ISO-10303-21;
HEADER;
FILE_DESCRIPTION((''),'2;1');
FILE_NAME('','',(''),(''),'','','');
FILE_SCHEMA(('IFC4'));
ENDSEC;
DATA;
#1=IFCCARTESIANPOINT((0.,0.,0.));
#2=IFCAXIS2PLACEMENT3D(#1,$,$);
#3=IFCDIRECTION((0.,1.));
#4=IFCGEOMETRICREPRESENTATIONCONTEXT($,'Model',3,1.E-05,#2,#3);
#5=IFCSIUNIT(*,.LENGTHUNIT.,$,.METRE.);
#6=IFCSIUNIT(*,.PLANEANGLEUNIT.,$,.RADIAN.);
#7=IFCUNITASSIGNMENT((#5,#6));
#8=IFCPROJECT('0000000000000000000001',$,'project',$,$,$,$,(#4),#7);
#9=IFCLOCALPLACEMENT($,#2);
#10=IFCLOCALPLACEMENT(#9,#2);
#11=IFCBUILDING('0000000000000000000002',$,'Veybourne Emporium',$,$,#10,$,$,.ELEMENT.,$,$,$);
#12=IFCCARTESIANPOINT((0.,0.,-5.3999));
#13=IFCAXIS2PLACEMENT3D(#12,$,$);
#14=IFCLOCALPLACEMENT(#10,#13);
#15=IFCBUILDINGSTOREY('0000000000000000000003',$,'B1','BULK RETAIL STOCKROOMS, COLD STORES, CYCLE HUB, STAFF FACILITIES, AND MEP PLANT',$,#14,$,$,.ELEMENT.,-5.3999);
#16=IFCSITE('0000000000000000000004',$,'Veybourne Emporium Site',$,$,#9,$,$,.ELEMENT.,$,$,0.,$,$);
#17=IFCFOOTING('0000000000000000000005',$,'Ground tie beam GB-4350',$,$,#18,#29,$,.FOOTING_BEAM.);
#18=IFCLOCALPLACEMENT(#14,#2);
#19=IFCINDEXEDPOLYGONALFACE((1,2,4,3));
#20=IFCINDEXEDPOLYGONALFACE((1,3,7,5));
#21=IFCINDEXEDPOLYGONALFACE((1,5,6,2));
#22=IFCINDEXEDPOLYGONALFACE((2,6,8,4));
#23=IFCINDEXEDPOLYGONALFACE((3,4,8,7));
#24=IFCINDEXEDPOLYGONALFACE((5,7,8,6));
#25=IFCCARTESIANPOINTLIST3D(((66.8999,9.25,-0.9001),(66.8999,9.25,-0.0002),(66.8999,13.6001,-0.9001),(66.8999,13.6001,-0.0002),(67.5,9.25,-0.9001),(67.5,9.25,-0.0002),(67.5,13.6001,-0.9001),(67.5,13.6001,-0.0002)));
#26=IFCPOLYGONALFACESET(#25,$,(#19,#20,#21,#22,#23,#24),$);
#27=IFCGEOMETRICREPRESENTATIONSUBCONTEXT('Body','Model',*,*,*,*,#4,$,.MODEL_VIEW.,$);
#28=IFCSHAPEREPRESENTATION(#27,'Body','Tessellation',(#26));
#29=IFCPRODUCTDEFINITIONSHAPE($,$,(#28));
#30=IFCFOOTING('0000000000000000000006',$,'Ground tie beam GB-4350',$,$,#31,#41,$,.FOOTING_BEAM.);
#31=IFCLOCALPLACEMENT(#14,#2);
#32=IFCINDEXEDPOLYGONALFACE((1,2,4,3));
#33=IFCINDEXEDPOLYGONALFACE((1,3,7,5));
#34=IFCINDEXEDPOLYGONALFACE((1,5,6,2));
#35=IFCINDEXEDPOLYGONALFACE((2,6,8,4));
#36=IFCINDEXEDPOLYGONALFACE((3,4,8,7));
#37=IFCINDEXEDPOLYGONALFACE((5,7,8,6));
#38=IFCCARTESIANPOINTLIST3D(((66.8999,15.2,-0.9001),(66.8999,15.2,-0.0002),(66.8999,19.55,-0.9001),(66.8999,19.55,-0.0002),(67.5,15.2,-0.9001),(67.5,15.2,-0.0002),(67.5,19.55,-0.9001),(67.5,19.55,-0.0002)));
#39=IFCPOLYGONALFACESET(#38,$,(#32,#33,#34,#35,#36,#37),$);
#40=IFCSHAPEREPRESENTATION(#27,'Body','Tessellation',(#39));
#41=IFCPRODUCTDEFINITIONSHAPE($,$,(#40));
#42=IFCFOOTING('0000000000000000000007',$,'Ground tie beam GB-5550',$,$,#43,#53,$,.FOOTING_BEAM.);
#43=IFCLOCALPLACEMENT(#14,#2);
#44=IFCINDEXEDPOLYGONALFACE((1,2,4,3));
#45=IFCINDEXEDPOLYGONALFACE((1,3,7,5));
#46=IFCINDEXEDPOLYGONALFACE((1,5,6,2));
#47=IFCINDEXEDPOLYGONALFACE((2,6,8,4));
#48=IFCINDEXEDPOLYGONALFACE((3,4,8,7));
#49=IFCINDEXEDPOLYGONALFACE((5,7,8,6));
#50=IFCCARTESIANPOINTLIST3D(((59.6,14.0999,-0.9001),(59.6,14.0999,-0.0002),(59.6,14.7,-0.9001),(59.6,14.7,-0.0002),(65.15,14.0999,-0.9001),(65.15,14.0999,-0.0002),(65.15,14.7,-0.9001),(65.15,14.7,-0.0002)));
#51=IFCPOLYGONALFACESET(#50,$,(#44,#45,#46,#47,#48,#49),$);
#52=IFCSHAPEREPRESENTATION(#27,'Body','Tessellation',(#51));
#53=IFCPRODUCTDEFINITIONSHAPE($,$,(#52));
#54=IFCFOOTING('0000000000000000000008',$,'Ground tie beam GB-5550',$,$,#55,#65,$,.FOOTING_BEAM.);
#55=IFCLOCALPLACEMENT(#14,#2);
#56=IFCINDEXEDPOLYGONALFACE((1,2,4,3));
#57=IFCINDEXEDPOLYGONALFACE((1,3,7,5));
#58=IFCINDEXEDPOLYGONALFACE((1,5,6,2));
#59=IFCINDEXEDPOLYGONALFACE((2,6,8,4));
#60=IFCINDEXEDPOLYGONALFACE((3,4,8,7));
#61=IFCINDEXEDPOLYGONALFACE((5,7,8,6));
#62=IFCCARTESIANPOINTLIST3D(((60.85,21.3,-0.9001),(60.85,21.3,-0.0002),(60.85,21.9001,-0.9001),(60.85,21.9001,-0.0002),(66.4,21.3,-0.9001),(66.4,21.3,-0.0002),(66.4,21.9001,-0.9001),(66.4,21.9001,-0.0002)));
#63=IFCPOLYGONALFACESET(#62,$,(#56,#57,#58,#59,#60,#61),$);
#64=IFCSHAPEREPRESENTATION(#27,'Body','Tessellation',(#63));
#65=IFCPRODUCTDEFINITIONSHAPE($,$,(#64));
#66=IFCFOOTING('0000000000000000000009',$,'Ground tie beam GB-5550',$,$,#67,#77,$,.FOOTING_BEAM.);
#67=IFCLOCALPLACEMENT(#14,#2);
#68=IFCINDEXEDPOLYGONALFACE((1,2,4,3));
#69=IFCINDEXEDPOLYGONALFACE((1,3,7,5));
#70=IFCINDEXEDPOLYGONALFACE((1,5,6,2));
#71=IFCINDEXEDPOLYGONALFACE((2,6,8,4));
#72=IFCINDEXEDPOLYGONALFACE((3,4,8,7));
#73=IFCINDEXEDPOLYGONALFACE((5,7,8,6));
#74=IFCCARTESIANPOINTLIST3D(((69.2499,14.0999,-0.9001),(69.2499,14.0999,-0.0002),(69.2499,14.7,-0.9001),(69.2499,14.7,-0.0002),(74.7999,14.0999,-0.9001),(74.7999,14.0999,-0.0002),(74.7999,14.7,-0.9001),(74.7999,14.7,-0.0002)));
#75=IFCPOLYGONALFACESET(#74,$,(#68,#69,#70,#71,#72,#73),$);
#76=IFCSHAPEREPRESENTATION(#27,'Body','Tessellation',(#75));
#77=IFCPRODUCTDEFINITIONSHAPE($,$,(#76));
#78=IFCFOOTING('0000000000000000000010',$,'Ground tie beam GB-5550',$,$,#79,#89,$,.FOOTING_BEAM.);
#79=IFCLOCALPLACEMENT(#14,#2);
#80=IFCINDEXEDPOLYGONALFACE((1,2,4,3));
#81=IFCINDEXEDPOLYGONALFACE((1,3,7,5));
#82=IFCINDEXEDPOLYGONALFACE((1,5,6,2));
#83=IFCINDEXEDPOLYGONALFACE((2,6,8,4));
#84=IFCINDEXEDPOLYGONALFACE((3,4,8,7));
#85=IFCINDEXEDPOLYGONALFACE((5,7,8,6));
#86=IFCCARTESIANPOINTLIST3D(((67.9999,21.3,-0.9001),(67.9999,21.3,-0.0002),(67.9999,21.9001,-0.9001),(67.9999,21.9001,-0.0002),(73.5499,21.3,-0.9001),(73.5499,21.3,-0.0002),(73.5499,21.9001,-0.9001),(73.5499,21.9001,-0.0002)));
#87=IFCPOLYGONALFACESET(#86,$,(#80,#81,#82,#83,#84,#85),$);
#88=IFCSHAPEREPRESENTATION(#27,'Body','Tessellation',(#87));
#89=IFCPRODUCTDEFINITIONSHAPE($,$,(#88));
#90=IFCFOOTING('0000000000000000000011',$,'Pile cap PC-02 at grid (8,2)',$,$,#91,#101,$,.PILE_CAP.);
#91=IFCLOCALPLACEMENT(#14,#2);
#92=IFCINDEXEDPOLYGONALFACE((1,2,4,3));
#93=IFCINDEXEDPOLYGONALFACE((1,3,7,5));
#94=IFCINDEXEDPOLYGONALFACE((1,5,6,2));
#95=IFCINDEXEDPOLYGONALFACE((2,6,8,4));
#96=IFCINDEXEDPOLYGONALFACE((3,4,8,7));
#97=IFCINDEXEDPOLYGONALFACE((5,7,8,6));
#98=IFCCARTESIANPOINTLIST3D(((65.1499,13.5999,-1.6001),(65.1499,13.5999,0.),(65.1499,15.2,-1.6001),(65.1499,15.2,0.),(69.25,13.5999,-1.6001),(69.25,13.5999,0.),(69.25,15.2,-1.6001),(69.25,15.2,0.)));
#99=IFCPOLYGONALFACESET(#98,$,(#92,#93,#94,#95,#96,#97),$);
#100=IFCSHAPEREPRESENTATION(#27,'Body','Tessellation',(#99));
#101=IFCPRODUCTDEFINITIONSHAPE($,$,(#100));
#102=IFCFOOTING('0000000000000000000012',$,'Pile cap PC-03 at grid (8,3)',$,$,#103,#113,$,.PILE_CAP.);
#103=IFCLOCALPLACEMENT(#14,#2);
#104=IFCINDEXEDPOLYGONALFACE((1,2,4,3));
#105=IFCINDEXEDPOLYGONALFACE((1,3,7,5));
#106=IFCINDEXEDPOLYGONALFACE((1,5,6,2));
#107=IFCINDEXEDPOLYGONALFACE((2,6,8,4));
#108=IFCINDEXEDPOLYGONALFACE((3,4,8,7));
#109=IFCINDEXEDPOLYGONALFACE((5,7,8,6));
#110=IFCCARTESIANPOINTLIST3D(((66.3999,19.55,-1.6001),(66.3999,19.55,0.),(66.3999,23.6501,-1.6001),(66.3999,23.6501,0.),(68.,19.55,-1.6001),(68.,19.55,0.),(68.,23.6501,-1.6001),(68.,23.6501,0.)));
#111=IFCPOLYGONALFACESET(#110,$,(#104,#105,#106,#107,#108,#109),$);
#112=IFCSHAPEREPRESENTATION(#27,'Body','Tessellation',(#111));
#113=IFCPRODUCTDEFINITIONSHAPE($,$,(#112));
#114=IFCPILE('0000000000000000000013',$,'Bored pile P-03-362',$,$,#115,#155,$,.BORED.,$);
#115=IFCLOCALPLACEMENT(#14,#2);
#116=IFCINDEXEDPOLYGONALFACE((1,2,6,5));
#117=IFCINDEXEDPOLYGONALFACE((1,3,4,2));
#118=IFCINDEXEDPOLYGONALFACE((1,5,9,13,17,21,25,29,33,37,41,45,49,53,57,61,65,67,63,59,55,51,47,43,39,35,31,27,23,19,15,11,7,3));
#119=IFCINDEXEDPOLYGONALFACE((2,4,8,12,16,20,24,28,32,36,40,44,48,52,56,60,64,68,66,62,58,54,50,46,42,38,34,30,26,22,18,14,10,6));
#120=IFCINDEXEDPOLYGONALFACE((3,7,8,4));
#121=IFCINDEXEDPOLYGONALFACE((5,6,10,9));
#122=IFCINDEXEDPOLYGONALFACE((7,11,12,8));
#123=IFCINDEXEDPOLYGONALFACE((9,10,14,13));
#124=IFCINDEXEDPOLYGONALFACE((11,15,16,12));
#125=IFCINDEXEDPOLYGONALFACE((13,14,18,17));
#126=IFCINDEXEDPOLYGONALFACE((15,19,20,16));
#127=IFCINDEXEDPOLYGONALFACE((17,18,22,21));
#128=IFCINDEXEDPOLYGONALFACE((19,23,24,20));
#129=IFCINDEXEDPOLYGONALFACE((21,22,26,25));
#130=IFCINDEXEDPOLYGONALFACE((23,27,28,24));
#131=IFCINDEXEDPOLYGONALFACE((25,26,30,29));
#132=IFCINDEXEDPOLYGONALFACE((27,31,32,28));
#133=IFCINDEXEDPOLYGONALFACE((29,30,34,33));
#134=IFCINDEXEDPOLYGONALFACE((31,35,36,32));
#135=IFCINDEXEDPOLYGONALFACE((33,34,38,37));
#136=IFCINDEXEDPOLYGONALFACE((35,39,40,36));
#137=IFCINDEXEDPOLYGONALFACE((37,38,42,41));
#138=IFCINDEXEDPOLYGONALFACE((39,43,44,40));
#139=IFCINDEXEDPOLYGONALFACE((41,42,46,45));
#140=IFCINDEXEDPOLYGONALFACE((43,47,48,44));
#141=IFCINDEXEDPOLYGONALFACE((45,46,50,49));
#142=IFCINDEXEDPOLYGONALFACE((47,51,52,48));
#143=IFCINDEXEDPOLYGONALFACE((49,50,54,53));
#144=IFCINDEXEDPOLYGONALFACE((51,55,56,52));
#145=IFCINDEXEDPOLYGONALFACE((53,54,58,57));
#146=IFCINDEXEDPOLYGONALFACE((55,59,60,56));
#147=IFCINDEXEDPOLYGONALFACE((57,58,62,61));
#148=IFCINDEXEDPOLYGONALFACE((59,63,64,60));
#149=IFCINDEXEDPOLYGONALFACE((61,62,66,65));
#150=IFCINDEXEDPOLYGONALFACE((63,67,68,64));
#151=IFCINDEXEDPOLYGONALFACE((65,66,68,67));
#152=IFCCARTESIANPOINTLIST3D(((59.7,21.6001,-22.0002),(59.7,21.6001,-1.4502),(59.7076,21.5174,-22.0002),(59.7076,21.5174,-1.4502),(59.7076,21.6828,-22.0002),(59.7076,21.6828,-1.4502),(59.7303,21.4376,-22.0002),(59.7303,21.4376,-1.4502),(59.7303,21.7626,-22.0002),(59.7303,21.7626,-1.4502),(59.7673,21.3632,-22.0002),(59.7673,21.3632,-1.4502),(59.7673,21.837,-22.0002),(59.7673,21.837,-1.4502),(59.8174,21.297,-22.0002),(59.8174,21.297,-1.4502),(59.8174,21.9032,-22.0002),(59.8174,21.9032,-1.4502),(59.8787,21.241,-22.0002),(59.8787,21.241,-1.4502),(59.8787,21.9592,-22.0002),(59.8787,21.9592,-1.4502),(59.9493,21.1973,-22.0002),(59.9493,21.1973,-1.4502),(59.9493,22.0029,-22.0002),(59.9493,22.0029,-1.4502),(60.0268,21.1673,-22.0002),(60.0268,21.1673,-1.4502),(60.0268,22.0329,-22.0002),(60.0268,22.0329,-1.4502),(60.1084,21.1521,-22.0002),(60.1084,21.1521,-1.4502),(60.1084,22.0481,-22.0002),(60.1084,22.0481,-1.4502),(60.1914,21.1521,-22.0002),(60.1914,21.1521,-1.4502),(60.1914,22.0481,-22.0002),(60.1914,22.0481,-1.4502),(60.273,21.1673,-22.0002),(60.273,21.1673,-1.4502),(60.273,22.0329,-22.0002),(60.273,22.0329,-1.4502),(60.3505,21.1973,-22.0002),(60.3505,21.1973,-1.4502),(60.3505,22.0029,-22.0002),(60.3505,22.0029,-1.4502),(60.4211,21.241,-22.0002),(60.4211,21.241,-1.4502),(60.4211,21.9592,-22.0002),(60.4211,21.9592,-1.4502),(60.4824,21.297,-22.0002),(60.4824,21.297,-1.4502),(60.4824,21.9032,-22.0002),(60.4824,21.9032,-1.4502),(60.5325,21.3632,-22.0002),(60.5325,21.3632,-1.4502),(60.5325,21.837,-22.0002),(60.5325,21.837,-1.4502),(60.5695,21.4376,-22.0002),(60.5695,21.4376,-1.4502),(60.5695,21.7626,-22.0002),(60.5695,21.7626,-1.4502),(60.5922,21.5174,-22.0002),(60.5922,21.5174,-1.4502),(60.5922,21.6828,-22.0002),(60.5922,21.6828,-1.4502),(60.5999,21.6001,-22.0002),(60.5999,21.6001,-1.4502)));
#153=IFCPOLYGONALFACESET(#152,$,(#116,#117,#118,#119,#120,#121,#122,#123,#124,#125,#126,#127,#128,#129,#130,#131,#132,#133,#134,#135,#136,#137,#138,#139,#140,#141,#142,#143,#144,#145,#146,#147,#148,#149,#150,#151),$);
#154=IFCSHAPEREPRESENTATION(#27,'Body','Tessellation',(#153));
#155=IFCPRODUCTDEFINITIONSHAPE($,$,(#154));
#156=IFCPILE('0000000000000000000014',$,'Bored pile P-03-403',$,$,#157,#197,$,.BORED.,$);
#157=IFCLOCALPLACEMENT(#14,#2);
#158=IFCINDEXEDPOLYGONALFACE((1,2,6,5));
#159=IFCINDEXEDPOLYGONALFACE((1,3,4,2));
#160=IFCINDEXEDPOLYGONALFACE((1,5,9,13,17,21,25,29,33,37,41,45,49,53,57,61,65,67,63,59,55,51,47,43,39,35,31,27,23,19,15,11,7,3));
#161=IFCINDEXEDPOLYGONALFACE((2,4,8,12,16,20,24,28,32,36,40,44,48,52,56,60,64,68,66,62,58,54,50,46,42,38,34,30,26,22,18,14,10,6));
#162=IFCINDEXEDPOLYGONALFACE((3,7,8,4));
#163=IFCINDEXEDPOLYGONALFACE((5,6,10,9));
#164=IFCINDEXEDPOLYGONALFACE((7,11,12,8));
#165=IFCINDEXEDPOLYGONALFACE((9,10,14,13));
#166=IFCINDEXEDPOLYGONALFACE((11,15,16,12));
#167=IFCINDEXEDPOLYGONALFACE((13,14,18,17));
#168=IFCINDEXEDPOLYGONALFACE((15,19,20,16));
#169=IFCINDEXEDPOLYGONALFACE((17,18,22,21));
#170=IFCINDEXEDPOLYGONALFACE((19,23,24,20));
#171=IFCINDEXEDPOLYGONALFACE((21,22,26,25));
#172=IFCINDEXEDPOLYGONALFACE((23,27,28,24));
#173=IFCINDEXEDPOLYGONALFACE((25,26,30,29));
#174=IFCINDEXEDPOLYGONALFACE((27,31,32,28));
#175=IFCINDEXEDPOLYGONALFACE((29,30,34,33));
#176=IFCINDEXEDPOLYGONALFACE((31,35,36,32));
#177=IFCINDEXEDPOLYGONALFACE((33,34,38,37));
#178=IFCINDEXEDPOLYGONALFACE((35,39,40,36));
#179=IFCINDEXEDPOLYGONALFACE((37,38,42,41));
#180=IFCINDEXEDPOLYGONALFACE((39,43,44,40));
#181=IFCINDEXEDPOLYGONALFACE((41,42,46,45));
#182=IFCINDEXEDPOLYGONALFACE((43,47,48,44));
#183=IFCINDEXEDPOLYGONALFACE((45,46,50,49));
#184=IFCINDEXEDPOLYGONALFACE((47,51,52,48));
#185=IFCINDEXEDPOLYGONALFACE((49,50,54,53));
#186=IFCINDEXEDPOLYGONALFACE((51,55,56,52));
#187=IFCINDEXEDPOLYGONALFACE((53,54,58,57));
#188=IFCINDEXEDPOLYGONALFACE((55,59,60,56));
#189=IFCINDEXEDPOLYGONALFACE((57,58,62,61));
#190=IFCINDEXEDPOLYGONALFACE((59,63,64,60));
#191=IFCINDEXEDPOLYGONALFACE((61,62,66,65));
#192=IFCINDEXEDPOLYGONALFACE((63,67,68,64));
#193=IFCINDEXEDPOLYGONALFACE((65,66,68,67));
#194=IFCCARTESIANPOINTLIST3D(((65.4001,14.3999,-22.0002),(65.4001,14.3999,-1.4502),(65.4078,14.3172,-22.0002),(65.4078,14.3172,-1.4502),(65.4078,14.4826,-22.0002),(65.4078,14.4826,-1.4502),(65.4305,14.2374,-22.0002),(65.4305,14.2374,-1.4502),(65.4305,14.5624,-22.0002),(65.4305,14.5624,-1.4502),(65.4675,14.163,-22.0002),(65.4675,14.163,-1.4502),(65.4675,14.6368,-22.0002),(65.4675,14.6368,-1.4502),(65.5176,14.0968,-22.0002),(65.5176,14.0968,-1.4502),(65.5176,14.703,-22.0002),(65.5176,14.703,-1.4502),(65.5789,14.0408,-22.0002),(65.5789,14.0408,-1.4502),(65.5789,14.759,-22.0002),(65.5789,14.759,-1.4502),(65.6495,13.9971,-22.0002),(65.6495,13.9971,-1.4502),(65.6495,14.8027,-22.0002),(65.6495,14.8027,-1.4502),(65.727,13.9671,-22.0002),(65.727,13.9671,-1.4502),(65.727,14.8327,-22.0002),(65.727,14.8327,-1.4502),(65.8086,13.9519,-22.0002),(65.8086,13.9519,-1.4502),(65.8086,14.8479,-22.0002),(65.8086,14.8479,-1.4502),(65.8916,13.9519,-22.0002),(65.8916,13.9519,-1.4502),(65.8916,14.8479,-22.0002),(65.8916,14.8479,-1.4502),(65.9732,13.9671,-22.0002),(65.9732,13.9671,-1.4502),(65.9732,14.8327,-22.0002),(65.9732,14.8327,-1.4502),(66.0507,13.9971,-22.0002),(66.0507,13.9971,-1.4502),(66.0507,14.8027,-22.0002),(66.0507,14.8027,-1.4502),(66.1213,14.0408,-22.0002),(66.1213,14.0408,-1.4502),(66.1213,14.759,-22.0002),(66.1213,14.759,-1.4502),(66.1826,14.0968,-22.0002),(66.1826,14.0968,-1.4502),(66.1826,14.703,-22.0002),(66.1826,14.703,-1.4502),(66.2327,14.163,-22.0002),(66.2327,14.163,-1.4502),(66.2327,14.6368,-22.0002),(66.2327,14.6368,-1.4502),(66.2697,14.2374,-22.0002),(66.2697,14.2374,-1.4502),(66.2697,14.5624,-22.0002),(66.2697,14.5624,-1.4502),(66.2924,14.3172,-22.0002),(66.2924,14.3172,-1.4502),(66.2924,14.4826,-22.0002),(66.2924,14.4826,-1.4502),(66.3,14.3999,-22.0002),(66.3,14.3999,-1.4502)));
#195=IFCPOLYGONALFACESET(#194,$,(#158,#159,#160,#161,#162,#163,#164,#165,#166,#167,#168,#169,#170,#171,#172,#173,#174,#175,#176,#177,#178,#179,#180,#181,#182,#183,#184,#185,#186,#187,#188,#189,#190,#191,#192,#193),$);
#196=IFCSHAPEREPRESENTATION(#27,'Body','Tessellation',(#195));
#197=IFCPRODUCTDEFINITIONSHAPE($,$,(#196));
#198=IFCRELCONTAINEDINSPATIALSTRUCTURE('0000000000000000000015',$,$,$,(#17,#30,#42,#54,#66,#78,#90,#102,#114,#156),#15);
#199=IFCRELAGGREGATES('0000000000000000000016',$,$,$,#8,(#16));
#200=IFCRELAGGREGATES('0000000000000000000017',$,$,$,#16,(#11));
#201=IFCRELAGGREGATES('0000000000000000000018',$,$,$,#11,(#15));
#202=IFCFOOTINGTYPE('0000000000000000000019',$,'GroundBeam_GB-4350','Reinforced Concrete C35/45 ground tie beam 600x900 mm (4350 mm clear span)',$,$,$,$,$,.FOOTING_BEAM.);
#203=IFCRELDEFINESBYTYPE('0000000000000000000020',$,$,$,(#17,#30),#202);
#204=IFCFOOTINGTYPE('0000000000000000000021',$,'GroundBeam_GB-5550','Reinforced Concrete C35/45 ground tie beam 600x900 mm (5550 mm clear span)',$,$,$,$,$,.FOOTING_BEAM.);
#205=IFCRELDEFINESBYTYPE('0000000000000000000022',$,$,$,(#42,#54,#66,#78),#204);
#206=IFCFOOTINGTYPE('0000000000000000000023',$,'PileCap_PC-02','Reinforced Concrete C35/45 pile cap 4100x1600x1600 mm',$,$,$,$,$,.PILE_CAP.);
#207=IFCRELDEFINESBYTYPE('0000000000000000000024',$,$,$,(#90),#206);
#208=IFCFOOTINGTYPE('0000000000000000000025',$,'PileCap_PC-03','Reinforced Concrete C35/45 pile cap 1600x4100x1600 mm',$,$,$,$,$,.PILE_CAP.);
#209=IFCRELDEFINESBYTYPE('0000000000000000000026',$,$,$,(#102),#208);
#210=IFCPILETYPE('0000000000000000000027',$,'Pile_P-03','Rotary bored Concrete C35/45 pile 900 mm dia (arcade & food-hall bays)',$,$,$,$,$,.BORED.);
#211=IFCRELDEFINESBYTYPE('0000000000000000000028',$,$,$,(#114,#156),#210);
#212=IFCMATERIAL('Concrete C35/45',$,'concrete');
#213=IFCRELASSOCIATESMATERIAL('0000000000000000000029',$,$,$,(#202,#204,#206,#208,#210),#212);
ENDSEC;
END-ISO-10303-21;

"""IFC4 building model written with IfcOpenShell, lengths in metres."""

from ifc_helpers import new_model, si_unit, direction, frame, origin, origin_2d, place, context, subcontext, project, spatial, rectangle, circle, extrude, material, material_profile, profile_set, type_object, element, save


model = new_model("IFC4")

# Units and contexts
model_context = context("Model", 3, precision=1e-05, world=origin(), true_north=direction((0.0, 1.0)))
body_context = subcontext(model_context, "Body", "Model", "MODEL_VIEW")
ifc_project = project(units=[si_unit("LENGTHUNIT", "METRE"), si_unit("PLANEANGLEUNIT", "RADIAN")], contexts=[model_context])

# Site, building, storey
site_placement = place(None, origin())
site = spatial("IfcSite", under=ifc_project, at=site_placement, Name="Veybourne Emporium Site", CompositionType="ELEMENT", RefElevation=0.0)
building_placement = place(site_placement, origin())
building = spatial("IfcBuilding", under=site, at=building_placement, Name="Veybourne Emporium", CompositionType="ELEMENT")
storey_placement = place(building_placement, frame((0.0, 0.0, -5.3999)))
storey = spatial("IfcBuildingStorey", under=building, at=storey_placement, Name="B1", Description="BULK RETAIL STOCKROOMS, COLD STORES, CYCLE HUB, STAFF FACILITIES, AND MEP PLANT", CompositionType="ELEMENT", Elevation=-5.3999)

# Footings
ifc_material_1 = material(Name="Concrete C35/45", Category="concrete")
footing_type_1 = type_object("IfcFootingType", Name="GroundBeam_GB-4350", Description="Reinforced Concrete C35/45 ground tie beam 600x900 mm (4350 mm clear span)", PredefinedType="FOOTING_BEAM", material=ifc_material_1)
for number, where, z_axis, x_axis, name in (
    (1, (67.2, 11.425, -0.9001), (0.0, 0.0, 1.0), (0.0, 1.0, 0.0), "Ground tie beam GB-4350"),
    (2, (67.2, 17.375, -0.9001), (0.0, 0.0, 1.0), (0.0, 1.0, 0.0), "Ground tie beam GB-4350"),
):
    element("IfcFooting", number, at=place(storey_placement, frame(where, z_axis=z_axis, x_axis=x_axis)), inside=storey, type_object=footing_type_1, Name=name, PredefinedType="FOOTING_BEAM", context=body_context, shape_type="SweptSolid", body=[
        extrude(rectangle(XDim=4.3501, YDim=0.6001, at=origin_2d()), origin(), (0.0, 0.0, 1.0), 0.8999),
    ])
footing_type_2 = type_object("IfcFootingType", Name="GroundBeam_GB-5550", Description="Reinforced Concrete C35/45 ground tie beam 600x900 mm (5550 mm clear span)", PredefinedType="FOOTING_BEAM", material=ifc_material_1)
for number, where, z_axis, x_axis, name in (
    (3, (62.375, 14.3999, -0.9001), (0.0, 0.0, 1.0), (1.0, 0.0, 0.0), "Ground tie beam GB-5550"),
    (4, (63.625, 21.6001, -0.9001), (0.0, 0.0, 1.0), (1.0, 0.0, 0.0), "Ground tie beam GB-5550"),
    (5, (72.0249, 14.3999, -0.9001), (0.0, 0.0, 1.0), (1.0, 0.0, 0.0), "Ground tie beam GB-5550"),
    (6, (70.7749, 21.6001, -0.9001), (0.0, 0.0, 1.0), (1.0, 0.0, 0.0), "Ground tie beam GB-5550"),
):
    element("IfcFooting", number, at=place(storey_placement, frame(where, z_axis=z_axis, x_axis=x_axis)), inside=storey, type_object=footing_type_2, Name=name, PredefinedType="FOOTING_BEAM", context=body_context, shape_type="SweptSolid", body=[
        extrude(rectangle(XDim=5.55, YDim=0.6001, at=origin_2d()), origin(), (0.0, 0.0, 1.0), 0.8999),
    ])
footing_type_3 = type_object("IfcFootingType", Name="PileCap_PC-02", Description="Reinforced Concrete C35/45 pile cap 4100x1600x1600 mm", PredefinedType="PILE_CAP", material=ifc_material_1)
footing_1_placement = place(storey_placement, frame((67.2, 14.3999, -1.6001), z_axis=(0.0, 0.0, 1.0), x_axis=(1.0, 0.0, 0.0)))
element("IfcFooting", 7, at=footing_1_placement, inside=storey, type_object=footing_type_3, Name="Pile cap PC-02 at grid (8,2)", PredefinedType="PILE_CAP", context=body_context, shape_type="SweptSolid", body=[
    extrude(rectangle(XDim=4.1001, YDim=1.6001, at=origin_2d()), origin(), (0.0, 0.0, 1.0), 1.6001),
])
footing_type_4 = type_object("IfcFootingType", Name="PileCap_PC-03", Description="Reinforced Concrete C35/45 pile cap 1600x4100x1600 mm", PredefinedType="PILE_CAP", material=ifc_material_1)
footing_2_placement = place(storey_placement, frame((67.2, 21.6001, -1.6001), z_axis=(0.0, 0.0, 1.0), x_axis=(1.0, 0.0, 0.0)))
element("IfcFooting", 8, at=footing_2_placement, inside=storey, type_object=footing_type_4, Name="Pile cap PC-03 at grid (8,3)", PredefinedType="PILE_CAP", context=body_context, shape_type="SweptSolid", body=[
    extrude(rectangle(XDim=1.6001, YDim=4.1001, at=origin_2d()), origin(), (0.0, 0.0, 1.0), 1.6001),
])

# Piles
ifc_material_profile_1 = material_profile(ifc_material_1, circle(Radius=0.45, at=origin_2d()), Name="BORED PILE 900")
ifc_profile_set_1 = profile_set([ifc_material_profile_1], Name="Concrete C35/45")
pile_type = type_object("IfcPileType", Name="Pile_P-03", Description="Rotary bored Concrete C35/45 pile 900 mm dia (arcade & food-hall bays)", PredefinedType="BORED", material=ifc_profile_set_1)
for number, where, z_axis, x_axis, name in (
    (9, (60.1499, 21.6001, -1.4502), (0.0, 0.0, -1.0), (1.0, 0.0, 0.0), "Bored pile P-03-362"),
    (10, (65.8501, 14.3999, -1.4502), (0.0, 0.0, -1.0), (1.0, 0.0, 0.0), "Bored pile P-03-403"),
):
    element("IfcPile", number, at=place(storey_placement, frame(where, z_axis=z_axis, x_axis=x_axis)), inside=storey, type_object=pile_type, Name=name, PredefinedType="BORED", context=body_context, shape_type="SweptSolid", body=[
        extrude(circle(Radius=0.45, at=origin_2d()), origin(), (0.0, 0.0, 1.0), 20.55),
    ])

save(model, "model.ifc")
